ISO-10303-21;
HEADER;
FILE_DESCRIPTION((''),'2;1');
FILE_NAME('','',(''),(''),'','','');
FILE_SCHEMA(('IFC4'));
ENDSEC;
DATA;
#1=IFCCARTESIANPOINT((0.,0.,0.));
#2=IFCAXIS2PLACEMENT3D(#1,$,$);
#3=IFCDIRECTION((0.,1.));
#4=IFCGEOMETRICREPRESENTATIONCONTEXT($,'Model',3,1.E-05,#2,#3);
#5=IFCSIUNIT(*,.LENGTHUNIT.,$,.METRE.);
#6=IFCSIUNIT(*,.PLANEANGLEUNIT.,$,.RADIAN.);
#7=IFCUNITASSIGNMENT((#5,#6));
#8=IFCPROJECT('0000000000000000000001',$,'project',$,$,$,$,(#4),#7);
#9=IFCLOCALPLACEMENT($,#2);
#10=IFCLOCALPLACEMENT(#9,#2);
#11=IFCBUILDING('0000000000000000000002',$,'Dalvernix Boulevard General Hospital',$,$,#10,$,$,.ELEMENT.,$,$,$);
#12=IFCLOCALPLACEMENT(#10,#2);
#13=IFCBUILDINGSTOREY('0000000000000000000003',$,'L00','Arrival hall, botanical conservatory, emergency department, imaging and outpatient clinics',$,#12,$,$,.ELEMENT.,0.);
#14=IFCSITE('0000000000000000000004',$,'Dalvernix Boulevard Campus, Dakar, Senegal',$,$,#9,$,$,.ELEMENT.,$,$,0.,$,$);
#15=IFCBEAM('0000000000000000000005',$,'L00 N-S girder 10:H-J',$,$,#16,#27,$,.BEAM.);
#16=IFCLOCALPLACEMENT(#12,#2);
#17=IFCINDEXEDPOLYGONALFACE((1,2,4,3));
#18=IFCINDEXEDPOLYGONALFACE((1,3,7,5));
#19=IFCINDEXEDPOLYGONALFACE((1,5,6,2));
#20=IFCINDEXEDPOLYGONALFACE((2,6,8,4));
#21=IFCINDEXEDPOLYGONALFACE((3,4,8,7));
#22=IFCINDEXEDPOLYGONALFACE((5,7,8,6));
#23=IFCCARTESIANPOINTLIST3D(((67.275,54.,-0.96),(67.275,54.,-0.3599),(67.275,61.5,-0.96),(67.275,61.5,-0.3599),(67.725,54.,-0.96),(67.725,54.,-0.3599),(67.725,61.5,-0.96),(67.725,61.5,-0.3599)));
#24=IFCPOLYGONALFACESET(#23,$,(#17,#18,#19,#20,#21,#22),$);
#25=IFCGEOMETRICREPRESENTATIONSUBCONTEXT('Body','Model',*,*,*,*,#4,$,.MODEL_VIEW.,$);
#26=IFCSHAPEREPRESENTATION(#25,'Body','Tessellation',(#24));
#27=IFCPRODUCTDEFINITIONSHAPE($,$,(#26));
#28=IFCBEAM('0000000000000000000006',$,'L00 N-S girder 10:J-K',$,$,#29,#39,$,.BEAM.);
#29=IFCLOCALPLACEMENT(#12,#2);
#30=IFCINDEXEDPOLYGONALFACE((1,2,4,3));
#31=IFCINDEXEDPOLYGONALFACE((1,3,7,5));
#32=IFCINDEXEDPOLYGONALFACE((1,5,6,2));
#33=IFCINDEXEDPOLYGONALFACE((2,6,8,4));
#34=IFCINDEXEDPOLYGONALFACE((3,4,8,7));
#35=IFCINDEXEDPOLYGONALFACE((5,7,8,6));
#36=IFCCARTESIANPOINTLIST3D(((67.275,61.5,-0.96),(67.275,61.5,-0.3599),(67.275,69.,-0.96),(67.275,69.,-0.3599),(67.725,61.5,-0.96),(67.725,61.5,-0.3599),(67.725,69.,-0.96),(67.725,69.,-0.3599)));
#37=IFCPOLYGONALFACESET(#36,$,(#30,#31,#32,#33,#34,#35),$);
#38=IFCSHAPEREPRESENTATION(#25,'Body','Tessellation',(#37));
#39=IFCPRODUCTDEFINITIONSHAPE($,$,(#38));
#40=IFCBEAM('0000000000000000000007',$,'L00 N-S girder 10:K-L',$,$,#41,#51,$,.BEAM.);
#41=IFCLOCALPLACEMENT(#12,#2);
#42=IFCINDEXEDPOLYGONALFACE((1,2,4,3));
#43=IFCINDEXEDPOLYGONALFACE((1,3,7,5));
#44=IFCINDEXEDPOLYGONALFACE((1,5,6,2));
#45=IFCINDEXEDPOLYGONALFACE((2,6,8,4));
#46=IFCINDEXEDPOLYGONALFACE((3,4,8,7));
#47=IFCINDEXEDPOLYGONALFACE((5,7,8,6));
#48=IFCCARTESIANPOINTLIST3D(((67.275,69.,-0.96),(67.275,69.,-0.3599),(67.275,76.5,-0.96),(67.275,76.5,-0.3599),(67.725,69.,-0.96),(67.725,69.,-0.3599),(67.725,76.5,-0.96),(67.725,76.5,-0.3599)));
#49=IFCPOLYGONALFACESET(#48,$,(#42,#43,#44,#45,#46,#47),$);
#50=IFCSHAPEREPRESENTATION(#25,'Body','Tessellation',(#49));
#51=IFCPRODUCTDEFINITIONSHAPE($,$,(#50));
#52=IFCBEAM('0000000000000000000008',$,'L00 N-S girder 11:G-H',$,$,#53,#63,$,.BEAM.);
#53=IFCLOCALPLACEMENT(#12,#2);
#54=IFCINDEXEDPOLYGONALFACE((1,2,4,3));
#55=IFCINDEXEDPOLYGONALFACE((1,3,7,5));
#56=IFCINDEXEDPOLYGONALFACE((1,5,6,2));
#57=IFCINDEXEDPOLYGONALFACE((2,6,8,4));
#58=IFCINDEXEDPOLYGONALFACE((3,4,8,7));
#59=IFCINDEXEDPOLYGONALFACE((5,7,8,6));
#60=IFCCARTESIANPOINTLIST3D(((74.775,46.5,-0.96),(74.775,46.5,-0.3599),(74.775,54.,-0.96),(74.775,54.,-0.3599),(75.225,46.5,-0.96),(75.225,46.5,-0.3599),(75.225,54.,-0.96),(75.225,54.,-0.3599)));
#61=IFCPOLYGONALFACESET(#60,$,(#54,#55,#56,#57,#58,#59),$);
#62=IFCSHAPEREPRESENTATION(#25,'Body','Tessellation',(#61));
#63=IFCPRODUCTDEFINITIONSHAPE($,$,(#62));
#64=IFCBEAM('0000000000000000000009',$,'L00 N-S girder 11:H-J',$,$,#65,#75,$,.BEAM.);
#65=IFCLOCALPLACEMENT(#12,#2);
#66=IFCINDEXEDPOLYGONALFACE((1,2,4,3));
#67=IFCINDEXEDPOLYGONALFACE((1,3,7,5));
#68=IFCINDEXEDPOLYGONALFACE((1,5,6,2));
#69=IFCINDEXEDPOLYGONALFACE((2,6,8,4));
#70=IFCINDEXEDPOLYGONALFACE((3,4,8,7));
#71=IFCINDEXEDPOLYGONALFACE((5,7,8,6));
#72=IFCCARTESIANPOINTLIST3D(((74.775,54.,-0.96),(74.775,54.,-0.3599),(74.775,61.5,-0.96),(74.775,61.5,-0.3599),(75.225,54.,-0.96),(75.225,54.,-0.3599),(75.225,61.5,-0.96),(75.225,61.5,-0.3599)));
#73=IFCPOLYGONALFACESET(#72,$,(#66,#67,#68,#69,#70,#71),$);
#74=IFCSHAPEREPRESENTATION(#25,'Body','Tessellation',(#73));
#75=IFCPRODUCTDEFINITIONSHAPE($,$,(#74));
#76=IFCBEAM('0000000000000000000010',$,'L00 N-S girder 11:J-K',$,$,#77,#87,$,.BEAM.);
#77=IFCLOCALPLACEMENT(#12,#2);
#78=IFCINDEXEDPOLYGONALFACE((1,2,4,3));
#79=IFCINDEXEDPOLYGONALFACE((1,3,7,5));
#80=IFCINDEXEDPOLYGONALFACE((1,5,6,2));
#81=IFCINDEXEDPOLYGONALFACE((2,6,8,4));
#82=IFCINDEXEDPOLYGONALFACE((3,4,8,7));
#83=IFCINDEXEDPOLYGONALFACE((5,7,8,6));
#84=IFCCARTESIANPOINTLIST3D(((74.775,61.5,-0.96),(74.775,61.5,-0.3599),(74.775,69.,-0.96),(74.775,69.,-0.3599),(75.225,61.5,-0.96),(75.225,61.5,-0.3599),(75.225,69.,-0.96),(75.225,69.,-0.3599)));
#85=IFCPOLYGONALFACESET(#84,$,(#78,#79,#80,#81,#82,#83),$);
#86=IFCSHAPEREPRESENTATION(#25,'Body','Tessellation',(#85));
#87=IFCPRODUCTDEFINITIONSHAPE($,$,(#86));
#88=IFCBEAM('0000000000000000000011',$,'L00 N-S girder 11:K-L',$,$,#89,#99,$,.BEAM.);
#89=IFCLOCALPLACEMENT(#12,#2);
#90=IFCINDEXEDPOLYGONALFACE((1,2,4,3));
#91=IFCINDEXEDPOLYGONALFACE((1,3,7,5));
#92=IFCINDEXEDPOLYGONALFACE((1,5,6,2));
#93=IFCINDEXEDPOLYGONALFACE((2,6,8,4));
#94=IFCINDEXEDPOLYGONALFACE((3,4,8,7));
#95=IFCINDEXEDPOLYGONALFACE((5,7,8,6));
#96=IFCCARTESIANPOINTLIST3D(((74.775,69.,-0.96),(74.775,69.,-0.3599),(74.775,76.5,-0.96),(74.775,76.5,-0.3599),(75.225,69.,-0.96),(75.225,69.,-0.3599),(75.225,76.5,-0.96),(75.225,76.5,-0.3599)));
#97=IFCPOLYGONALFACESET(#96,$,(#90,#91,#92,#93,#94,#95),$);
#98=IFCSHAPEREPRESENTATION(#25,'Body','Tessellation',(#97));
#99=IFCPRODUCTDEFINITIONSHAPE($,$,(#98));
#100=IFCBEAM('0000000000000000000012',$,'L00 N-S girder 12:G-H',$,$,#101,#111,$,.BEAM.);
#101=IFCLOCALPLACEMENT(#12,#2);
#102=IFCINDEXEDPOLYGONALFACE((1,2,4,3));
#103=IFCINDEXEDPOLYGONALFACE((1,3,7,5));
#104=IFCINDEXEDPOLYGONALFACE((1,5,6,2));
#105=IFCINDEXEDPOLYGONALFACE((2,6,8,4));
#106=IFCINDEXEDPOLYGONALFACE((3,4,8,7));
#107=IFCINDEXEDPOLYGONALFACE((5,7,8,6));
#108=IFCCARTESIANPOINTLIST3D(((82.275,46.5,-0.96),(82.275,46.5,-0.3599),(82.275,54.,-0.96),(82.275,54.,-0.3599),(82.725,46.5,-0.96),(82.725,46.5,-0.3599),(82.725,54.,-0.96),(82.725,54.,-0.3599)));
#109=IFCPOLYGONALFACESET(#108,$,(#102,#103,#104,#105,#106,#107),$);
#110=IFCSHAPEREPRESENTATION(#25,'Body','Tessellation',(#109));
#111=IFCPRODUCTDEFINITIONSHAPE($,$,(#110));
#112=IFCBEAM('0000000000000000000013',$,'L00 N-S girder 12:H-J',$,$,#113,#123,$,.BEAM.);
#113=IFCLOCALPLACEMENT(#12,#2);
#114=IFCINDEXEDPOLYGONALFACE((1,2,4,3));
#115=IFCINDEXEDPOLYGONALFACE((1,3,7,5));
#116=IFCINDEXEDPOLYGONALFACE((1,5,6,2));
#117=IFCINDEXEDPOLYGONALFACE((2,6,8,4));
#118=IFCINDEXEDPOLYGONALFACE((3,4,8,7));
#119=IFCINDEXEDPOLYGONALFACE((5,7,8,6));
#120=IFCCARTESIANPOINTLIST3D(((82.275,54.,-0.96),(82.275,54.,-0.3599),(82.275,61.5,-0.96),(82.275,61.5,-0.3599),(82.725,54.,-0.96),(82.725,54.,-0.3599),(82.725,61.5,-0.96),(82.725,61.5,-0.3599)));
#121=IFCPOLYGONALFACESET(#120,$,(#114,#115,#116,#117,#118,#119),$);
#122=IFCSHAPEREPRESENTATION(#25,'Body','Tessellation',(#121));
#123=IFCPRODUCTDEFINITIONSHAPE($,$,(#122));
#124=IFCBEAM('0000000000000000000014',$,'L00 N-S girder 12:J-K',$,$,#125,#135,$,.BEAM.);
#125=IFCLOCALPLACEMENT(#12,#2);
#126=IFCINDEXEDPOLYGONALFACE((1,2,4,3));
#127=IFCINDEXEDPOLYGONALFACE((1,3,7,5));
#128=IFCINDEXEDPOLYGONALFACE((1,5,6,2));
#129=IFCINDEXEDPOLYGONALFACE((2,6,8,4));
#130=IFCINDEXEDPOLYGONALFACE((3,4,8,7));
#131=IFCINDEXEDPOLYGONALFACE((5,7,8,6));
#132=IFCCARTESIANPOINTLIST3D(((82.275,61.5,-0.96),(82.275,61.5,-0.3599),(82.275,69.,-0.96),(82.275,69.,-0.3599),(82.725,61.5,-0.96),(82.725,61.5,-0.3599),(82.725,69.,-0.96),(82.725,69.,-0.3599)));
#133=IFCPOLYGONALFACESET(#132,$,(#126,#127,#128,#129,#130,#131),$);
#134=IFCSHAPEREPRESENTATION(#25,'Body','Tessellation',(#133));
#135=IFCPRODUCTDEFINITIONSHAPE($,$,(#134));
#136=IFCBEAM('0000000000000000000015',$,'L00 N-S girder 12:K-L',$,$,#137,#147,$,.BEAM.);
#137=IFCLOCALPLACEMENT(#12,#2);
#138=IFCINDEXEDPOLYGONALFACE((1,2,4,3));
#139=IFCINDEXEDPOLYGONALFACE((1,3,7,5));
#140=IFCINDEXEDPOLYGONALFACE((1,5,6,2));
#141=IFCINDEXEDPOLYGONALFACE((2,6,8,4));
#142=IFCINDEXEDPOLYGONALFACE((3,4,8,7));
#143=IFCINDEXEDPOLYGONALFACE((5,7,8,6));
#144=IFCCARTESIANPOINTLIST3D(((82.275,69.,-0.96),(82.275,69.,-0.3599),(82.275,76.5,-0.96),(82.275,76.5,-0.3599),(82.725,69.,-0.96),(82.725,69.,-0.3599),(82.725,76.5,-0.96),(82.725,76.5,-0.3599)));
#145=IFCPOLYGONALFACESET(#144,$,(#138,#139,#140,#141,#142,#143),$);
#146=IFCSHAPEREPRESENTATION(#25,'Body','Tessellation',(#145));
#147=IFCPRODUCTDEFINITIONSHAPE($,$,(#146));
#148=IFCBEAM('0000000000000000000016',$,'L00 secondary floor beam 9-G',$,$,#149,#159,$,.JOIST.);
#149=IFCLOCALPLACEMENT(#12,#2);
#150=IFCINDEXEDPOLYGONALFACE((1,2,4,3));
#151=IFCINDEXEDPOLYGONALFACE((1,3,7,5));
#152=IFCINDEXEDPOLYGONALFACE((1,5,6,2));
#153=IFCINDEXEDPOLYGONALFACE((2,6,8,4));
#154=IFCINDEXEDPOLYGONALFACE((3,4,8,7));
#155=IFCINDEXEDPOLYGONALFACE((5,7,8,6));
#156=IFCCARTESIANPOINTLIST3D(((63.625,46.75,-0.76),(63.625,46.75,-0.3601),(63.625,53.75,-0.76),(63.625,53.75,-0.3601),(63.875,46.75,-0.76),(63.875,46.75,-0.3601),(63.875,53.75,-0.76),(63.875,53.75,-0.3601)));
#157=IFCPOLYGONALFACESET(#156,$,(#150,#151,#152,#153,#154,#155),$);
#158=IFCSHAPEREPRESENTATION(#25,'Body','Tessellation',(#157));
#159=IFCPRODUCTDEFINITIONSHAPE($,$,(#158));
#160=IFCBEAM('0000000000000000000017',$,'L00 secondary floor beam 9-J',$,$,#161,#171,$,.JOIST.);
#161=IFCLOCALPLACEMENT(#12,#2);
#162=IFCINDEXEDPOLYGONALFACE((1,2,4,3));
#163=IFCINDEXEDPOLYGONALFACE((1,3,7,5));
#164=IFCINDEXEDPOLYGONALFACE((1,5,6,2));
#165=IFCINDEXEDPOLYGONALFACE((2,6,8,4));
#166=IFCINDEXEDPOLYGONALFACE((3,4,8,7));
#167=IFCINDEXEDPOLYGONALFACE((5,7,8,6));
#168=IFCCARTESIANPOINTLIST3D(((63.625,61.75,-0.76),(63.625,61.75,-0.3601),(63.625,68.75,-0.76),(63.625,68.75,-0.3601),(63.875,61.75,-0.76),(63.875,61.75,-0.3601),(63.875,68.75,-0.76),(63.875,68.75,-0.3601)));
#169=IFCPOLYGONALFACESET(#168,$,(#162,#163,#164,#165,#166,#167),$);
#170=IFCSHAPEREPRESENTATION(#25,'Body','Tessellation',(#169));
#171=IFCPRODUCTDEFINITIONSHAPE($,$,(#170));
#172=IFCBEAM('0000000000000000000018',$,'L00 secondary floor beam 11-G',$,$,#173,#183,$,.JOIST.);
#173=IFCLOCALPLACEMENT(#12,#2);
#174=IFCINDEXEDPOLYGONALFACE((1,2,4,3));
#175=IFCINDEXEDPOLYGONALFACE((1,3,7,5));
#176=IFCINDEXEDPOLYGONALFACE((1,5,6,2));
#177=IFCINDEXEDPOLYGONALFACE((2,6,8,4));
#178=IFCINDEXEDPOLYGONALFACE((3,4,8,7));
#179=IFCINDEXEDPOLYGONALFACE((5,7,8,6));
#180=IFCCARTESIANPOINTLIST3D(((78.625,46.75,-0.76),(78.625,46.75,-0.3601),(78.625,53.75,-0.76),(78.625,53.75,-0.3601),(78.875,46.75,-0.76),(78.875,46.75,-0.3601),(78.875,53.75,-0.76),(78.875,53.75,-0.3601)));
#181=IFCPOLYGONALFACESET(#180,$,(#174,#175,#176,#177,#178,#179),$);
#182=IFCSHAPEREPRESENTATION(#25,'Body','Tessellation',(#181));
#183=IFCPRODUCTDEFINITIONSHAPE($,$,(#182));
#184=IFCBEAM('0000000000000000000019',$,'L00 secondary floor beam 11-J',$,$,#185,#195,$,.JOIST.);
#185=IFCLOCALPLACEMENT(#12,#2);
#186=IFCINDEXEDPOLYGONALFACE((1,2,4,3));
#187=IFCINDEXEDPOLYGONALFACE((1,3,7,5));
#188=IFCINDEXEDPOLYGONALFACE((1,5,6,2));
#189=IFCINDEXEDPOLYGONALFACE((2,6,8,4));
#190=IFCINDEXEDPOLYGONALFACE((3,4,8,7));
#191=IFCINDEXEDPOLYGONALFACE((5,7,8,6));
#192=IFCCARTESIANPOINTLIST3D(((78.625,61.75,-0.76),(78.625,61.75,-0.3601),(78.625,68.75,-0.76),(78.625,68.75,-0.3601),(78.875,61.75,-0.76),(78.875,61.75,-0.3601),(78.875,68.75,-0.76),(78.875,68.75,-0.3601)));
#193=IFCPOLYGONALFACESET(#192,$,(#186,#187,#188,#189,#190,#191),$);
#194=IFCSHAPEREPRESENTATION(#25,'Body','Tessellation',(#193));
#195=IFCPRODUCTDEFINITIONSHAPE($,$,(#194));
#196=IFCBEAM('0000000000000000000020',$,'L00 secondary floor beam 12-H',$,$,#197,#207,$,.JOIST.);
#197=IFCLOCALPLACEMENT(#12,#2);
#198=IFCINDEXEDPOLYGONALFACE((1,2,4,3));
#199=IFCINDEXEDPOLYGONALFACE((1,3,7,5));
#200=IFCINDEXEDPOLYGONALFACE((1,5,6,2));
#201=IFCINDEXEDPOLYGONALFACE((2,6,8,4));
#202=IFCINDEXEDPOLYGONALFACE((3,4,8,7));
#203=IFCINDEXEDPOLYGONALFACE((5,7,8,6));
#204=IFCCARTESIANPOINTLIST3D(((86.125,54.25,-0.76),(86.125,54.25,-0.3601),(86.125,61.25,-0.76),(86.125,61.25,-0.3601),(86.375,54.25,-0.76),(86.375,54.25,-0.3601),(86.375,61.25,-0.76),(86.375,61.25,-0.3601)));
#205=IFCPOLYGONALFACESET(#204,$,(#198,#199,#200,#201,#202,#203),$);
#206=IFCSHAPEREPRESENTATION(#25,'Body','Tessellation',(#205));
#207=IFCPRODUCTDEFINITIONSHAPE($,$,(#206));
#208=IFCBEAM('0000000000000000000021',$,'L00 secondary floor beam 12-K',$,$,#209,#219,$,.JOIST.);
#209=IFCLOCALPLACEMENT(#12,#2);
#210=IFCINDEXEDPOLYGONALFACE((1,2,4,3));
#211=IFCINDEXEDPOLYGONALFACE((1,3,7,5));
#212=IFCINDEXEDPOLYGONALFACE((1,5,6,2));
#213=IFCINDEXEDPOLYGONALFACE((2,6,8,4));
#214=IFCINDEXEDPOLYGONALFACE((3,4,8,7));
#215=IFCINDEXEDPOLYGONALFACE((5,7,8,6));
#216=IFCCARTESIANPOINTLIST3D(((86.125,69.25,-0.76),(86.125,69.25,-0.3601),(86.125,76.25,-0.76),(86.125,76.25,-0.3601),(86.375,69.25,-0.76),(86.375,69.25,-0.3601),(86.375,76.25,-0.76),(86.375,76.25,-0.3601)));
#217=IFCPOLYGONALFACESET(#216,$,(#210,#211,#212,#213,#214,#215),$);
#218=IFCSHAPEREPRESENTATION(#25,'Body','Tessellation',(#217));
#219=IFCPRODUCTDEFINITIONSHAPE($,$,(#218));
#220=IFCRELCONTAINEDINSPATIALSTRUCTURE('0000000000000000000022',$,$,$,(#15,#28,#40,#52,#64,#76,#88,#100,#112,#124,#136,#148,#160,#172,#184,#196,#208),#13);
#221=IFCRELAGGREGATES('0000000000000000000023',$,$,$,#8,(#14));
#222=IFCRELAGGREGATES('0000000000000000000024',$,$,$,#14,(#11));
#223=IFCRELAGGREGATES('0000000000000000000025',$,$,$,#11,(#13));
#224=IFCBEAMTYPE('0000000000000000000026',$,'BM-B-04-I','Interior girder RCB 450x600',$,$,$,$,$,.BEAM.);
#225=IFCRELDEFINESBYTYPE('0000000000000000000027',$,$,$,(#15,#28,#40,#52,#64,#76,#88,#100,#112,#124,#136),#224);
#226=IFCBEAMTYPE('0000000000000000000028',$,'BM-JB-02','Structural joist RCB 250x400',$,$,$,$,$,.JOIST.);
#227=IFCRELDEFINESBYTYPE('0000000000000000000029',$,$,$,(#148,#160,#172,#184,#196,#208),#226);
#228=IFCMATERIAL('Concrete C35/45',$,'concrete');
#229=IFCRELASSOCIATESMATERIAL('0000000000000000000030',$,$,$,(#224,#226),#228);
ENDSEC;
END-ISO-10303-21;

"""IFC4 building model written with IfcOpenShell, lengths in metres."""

from ifc_helpers import new_model, si_unit, direction, frame, origin, origin_2d, place, context, subcontext, project, spatial, rectangle, extrude, material, material_profile, profile_set, type_object, element, save


model = new_model("IFC4")

# Units and contexts
model_context = context("Model", 3, precision=1e-05, world=origin(), true_north=direction((0.0, 1.0)))
body_context = subcontext(model_context, "Body", "Model", "MODEL_VIEW")
ifc_project = project(units=[si_unit("LENGTHUNIT", "METRE"), si_unit("PLANEANGLEUNIT", "RADIAN")], contexts=[model_context])

# Site, building, storey
site_placement = place(None, origin())
site = spatial("IfcSite", under=ifc_project, at=site_placement, Name="Dalvernix Boulevard Campus, Dakar, Senegal", CompositionType="ELEMENT", RefElevation=0.0)
building_placement = place(site_placement, origin())
building = spatial("IfcBuilding", under=site, at=building_placement, Name="Dalvernix Boulevard General Hospital", CompositionType="ELEMENT")
storey_placement = place(building_placement, origin())
storey = spatial("IfcBuildingStorey", under=building, at=storey_placement, Name="L00", Description="Arrival hall, botanical conservatory, emergency department, imaging and outpatient clinics", CompositionType="ELEMENT", Elevation=0.0)

# Beams
ifc_material_1 = material(Name="Concrete C35/45", Category="concrete")
ifc_material_profile_1 = material_profile(ifc_material_1, rectangle(XDim=0.45, YDim=0.6001, at=origin_2d()), Name="RCB 450x600")
ifc_profile_set_1 = profile_set([ifc_material_profile_1], Name="Concrete C35/45")
beam_type_1 = type_object("IfcBeamType", Name="BM-B-04-I", Description="Interior girder RCB 450x600", PredefinedType="BEAM", material=ifc_profile_set_1)
for number, where, z_axis, x_axis, name in (
    (1, (67.5, 54.0, -0.6599), (0.0, 1.0, 0.0), (-1.0, 0.0, 0.0), "L00 N-S girder 10:H-J"),
    (2, (67.5, 61.5, -0.6599), (0.0, 1.0, 0.0), (-1.0, 0.0, 0.0), "L00 N-S girder 10:J-K"),
    (3, (67.5, 69.0, -0.6599), (0.0, 1.0, 0.0), (-1.0, 0.0, 0.0), "L00 N-S girder 10:K-L"),
    (4, (75.0, 46.5, -0.6599), (0.0, 1.0, 0.0), (-1.0, 0.0, 0.0), "L00 N-S girder 11:G-H"),
    (5, (75.0, 54.0, -0.6599), (0.0, 1.0, 0.0), (-1.0, 0.0, 0.0), "L00 N-S girder 11:H-J"),
    (6, (75.0, 61.5, -0.6599), (0.0, 1.0, 0.0), (-1.0, 0.0, 0.0), "L00 N-S girder 11:J-K"),
    (7, (75.0, 69.0, -0.6599), (0.0, 1.0, 0.0), (-1.0, 0.0, 0.0), "L00 N-S girder 11:K-L"),
    (8, (82.5, 46.5, -0.6599), (0.0, 1.0, 0.0), (-1.0, 0.0, 0.0), "L00 N-S girder 12:G-H"),
    (9, (82.5, 54.0, -0.6599), (0.0, 1.0, 0.0), (-1.0, 0.0, 0.0), "L00 N-S girder 12:H-J"),
    (10, (82.5, 61.5, -0.6599), (0.0, 1.0, 0.0), (-1.0, 0.0, 0.0), "L00 N-S girder 12:J-K"),
    (11, (82.5, 69.0, -0.6599), (0.0, 1.0, 0.0), (-1.0, 0.0, 0.0), "L00 N-S girder 12:K-L"),
):
    element("IfcBeam", number, at=place(storey_placement, frame(where, z_axis=z_axis, x_axis=x_axis)), inside=storey, type_object=beam_type_1, Name=name, PredefinedType="BEAM", context=body_context, shape_type="SweptSolid", body=[
        extrude(rectangle(XDim=0.45, YDim=0.6001, at=origin_2d()), origin(), (0.0, 0.0, 1.0), 7.5),
    ])
ifc_material_profile_2 = material_profile(ifc_material_1, rectangle(XDim=0.25, YDim=0.3999, at=origin_2d()), Name="RCB 250x400")
ifc_profile_set_2 = profile_set([ifc_material_profile_2], Name="Concrete C35/45")
beam_type_2 = type_object("IfcBeamType", Name="BM-JB-02", Description="Structural joist RCB 250x400", PredefinedType="JOIST", material=ifc_profile_set_2)
for number, where, z_axis, x_axis, name in (
    (12, (63.75, 46.75, -0.5601), (0.0, 1.0, 0.0), (-1.0, 0.0, 0.0), "L00 secondary floor beam 9-G"),
    (13, (63.75, 61.75, -0.5601), (0.0, 1.0, 0.0), (-1.0, 0.0, 0.0), "L00 secondary floor beam 9-J"),
    (14, (78.75, 46.75, -0.5601), (0.0, 1.0, 0.0), (-1.0, 0.0, 0.0), "L00 secondary floor beam 11-G"),
    (15, (78.75, 61.75, -0.5601), (0.0, 1.0, 0.0), (-1.0, 0.0, 0.0), "L00 secondary floor beam 11-J"),
    (16, (86.25, 54.25, -0.5601), (0.0, 1.0, 0.0), (-1.0, 0.0, 0.0), "L00 secondary floor beam 12-H"),
    (17, (86.25, 69.25, -0.5601), (0.0, 1.0, 0.0), (-1.0, 0.0, 0.0), "L00 secondary floor beam 12-K"),
):
    element("IfcBeam", number, at=place(storey_placement, frame(where, z_axis=z_axis, x_axis=x_axis)), inside=storey, type_object=beam_type_2, Name=name, PredefinedType="JOIST", context=body_context, shape_type="SweptSolid", body=[
        extrude(rectangle(XDim=0.25, YDim=0.3999, at=origin_2d()), origin(), (0.0, 0.0, 1.0), 7.0),
    ])

save(model, "model.ifc")
